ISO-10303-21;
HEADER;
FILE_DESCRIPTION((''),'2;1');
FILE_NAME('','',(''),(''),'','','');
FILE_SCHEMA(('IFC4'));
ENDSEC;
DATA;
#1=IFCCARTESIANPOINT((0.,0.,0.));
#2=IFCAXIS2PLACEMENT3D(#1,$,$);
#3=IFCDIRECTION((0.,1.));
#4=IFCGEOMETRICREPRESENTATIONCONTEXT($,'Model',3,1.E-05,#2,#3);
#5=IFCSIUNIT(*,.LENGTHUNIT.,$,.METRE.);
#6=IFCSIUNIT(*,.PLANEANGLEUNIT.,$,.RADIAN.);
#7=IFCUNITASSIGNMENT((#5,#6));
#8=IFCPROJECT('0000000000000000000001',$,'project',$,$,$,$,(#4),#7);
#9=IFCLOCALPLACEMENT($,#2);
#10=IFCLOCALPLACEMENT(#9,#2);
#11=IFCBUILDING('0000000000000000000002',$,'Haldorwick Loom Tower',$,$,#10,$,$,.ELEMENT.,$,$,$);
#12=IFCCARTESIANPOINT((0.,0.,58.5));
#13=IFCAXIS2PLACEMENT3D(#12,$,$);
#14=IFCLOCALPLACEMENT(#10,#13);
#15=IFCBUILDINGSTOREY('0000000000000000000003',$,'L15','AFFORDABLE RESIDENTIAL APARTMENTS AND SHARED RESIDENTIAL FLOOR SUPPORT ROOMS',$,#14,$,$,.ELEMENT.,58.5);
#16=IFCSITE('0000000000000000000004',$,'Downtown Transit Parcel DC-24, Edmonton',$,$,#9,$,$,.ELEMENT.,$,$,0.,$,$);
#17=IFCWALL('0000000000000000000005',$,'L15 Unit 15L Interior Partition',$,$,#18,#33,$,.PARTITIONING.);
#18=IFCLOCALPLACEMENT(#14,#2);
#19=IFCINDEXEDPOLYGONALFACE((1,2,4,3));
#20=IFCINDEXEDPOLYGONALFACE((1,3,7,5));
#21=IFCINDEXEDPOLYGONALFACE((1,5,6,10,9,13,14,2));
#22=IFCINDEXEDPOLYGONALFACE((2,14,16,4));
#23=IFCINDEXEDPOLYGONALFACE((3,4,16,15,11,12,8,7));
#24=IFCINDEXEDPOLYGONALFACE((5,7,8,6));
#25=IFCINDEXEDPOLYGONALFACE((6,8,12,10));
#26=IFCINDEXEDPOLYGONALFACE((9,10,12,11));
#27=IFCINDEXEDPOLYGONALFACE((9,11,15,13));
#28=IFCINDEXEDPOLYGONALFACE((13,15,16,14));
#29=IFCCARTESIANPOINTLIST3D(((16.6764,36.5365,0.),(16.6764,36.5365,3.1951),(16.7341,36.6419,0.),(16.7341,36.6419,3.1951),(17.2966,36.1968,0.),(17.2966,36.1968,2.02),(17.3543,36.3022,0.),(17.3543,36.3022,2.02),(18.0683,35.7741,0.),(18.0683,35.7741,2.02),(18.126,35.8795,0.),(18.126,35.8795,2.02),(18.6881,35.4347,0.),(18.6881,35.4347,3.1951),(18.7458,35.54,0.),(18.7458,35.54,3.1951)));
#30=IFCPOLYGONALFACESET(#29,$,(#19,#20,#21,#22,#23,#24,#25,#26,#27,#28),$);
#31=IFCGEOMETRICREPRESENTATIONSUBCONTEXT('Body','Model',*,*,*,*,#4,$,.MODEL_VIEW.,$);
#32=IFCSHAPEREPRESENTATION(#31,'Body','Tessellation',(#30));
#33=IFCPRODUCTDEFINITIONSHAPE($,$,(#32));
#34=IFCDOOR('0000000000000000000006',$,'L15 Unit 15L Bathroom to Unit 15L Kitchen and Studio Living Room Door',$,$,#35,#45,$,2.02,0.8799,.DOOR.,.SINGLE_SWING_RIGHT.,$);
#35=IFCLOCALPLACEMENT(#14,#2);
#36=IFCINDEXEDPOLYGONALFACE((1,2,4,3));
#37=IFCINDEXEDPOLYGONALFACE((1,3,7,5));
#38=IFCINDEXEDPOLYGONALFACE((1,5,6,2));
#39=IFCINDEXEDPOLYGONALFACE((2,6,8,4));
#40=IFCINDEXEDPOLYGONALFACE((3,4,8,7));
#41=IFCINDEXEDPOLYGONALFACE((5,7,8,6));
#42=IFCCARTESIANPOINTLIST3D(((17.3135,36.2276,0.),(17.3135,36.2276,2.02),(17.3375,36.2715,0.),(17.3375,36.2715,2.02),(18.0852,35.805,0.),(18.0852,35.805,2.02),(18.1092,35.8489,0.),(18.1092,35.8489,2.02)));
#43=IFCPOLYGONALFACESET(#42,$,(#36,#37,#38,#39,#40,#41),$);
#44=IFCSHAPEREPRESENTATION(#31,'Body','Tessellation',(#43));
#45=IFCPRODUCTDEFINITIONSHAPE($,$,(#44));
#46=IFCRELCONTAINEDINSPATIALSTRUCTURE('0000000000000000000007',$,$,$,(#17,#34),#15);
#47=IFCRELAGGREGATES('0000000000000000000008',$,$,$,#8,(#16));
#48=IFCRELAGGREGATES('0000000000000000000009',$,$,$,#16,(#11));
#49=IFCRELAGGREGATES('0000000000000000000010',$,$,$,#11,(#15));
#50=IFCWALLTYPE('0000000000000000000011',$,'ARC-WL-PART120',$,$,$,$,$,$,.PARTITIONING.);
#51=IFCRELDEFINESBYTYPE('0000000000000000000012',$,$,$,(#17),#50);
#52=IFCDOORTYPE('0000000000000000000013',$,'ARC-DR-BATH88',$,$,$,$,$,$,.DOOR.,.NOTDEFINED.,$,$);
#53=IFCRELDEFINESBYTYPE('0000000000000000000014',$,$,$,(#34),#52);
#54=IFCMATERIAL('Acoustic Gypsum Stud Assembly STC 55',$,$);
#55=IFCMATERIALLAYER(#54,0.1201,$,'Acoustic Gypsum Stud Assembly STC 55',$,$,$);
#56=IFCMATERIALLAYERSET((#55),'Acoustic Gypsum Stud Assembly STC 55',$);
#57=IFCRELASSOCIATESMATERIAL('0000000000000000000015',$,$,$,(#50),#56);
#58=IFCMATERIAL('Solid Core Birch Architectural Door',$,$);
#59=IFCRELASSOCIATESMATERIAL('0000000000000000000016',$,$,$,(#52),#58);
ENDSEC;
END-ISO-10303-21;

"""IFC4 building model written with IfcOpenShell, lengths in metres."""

from ifc_helpers import new_model, si_unit, direction, frame, frame_2d, origin, place, context, subcontext, project, spatial, rectangle, extrude, material, layer, layer_set, type_object, element, fill, save


model = new_model("IFC4")

# Units and contexts
model_context = context("Model", 3, precision=1e-05, world=origin(), true_north=direction((0.0, 1.0)))
body_context = subcontext(model_context, "Body", "Model", "MODEL_VIEW")
ifc_project = project(units=[si_unit("LENGTHUNIT", "METRE"), si_unit("PLANEANGLEUNIT", "RADIAN")], contexts=[model_context])

# Site, building, storey
site_placement = place(None, origin())
site = spatial("IfcSite", under=ifc_project, at=site_placement, Name="Downtown Transit Parcel DC-24, Edmonton", CompositionType="ELEMENT", RefElevation=0.0)
building_placement = place(site_placement, origin())
building = spatial("IfcBuilding", under=site, at=building_placement, Name="Haldorwick Loom Tower", CompositionType="ELEMENT")
storey_placement = place(building_placement, frame((0.0, 0.0, 58.5)))
storey = spatial("IfcBuildingStorey", under=building, at=storey_placement, Name="L15", Description="AFFORDABLE RESIDENTIAL APARTMENTS AND SHARED RESIDENTIAL FLOOR SUPPORT ROOMS", CompositionType="ELEMENT", Elevation=58.5)

# Shared definitions
ifc_material_1 = material(Name="Solid Core Birch Architectural Door")

# Shared definitions
ifc_material_2 = material(Name="Acoustic Gypsum Stud Assembly STC 55")
ifc_layer_1 = layer(ifc_material_2, 0.1201, Name="Acoustic Gypsum Stud Assembly STC 55")
ifc_layer_set_1 = layer_set([ifc_layer_1], Name="Acoustic Gypsum Stud Assembly STC 55")
wall_type_1 = type_object("IfcWallType", Name="ARC-WL-PART120", PredefinedType="PARTITIONING", material=ifc_layer_set_1)

# Wall, opening, door
wall_1_placement = place(storey_placement, frame((18.717, 35.4873, 0.0), z_axis=(0.0, 0.0, 1.0), x_axis=(-0.877069, 0.480365, 0.0)))
wall_1 = element("IfcWall", 1, at=wall_1_placement, inside=storey, type_object=wall_type_1, Name="L15 Unit 15L Interior Partition", PredefinedType="PARTITIONING", context=body_context, shape_type="SweptSolid", body=[
    extrude(rectangle(XDim=2.2937, YDim=0.1201, at=frame_2d((1.147, 0.0))), origin(), (0.0, 0.0, 1.0), 3.1951),
])
opening_1_placement = place(wall_1_placement, frame((0.7068, 0.0, 0.0)))
opening_1 = element("IfcOpeningElement", 2, at=opening_1_placement, cuts=wall_1, PredefinedType="OPENING", context=body_context, shape_type="SweptSolid", body=[
    extrude(rectangle(XDim=0.8799, YDim=2.02, at=frame_2d((0.4399, 1.01))), frame((0.0, 0.0701, 0.0), z_axis=(0.0, -1.0, 0.0), x_axis=(1.0, 0.0, 0.0)), (0.0, 0.0, 1.0), 0.1401),
])
door_type_1 = type_object("IfcDoorType", Name="ARC-DR-BATH88", OperationType="NOTDEFINED", PredefinedType="DOOR", material=ifc_material_1)
door_1_placement = place(opening_1_placement, origin())
door_1 = element("IfcDoor", 3, at=door_1_placement, inside=storey, type_object=door_type_1, Name="L15 Unit 15L Bathroom to Unit 15L Kitchen and Studio Living Room Door", OperationType="SINGLE_SWING_RIGHT", OverallHeight=2.02, OverallWidth=0.8799, PredefinedType="DOOR", context=body_context, shape_type="SweptSolid", body=[
    extrude(rectangle(XDim=0.8799, YDim=2.02, at=frame_2d((0.4399, 1.01))), frame((0.0, 0.0249, 0.0), z_axis=(0.0, -1.0, 0.0), x_axis=(1.0, 0.0, 0.0)), (0.0, 0.0, 1.0), 0.05),
])
fill(opening_1, door_1)

save(model, "model.ifc")
